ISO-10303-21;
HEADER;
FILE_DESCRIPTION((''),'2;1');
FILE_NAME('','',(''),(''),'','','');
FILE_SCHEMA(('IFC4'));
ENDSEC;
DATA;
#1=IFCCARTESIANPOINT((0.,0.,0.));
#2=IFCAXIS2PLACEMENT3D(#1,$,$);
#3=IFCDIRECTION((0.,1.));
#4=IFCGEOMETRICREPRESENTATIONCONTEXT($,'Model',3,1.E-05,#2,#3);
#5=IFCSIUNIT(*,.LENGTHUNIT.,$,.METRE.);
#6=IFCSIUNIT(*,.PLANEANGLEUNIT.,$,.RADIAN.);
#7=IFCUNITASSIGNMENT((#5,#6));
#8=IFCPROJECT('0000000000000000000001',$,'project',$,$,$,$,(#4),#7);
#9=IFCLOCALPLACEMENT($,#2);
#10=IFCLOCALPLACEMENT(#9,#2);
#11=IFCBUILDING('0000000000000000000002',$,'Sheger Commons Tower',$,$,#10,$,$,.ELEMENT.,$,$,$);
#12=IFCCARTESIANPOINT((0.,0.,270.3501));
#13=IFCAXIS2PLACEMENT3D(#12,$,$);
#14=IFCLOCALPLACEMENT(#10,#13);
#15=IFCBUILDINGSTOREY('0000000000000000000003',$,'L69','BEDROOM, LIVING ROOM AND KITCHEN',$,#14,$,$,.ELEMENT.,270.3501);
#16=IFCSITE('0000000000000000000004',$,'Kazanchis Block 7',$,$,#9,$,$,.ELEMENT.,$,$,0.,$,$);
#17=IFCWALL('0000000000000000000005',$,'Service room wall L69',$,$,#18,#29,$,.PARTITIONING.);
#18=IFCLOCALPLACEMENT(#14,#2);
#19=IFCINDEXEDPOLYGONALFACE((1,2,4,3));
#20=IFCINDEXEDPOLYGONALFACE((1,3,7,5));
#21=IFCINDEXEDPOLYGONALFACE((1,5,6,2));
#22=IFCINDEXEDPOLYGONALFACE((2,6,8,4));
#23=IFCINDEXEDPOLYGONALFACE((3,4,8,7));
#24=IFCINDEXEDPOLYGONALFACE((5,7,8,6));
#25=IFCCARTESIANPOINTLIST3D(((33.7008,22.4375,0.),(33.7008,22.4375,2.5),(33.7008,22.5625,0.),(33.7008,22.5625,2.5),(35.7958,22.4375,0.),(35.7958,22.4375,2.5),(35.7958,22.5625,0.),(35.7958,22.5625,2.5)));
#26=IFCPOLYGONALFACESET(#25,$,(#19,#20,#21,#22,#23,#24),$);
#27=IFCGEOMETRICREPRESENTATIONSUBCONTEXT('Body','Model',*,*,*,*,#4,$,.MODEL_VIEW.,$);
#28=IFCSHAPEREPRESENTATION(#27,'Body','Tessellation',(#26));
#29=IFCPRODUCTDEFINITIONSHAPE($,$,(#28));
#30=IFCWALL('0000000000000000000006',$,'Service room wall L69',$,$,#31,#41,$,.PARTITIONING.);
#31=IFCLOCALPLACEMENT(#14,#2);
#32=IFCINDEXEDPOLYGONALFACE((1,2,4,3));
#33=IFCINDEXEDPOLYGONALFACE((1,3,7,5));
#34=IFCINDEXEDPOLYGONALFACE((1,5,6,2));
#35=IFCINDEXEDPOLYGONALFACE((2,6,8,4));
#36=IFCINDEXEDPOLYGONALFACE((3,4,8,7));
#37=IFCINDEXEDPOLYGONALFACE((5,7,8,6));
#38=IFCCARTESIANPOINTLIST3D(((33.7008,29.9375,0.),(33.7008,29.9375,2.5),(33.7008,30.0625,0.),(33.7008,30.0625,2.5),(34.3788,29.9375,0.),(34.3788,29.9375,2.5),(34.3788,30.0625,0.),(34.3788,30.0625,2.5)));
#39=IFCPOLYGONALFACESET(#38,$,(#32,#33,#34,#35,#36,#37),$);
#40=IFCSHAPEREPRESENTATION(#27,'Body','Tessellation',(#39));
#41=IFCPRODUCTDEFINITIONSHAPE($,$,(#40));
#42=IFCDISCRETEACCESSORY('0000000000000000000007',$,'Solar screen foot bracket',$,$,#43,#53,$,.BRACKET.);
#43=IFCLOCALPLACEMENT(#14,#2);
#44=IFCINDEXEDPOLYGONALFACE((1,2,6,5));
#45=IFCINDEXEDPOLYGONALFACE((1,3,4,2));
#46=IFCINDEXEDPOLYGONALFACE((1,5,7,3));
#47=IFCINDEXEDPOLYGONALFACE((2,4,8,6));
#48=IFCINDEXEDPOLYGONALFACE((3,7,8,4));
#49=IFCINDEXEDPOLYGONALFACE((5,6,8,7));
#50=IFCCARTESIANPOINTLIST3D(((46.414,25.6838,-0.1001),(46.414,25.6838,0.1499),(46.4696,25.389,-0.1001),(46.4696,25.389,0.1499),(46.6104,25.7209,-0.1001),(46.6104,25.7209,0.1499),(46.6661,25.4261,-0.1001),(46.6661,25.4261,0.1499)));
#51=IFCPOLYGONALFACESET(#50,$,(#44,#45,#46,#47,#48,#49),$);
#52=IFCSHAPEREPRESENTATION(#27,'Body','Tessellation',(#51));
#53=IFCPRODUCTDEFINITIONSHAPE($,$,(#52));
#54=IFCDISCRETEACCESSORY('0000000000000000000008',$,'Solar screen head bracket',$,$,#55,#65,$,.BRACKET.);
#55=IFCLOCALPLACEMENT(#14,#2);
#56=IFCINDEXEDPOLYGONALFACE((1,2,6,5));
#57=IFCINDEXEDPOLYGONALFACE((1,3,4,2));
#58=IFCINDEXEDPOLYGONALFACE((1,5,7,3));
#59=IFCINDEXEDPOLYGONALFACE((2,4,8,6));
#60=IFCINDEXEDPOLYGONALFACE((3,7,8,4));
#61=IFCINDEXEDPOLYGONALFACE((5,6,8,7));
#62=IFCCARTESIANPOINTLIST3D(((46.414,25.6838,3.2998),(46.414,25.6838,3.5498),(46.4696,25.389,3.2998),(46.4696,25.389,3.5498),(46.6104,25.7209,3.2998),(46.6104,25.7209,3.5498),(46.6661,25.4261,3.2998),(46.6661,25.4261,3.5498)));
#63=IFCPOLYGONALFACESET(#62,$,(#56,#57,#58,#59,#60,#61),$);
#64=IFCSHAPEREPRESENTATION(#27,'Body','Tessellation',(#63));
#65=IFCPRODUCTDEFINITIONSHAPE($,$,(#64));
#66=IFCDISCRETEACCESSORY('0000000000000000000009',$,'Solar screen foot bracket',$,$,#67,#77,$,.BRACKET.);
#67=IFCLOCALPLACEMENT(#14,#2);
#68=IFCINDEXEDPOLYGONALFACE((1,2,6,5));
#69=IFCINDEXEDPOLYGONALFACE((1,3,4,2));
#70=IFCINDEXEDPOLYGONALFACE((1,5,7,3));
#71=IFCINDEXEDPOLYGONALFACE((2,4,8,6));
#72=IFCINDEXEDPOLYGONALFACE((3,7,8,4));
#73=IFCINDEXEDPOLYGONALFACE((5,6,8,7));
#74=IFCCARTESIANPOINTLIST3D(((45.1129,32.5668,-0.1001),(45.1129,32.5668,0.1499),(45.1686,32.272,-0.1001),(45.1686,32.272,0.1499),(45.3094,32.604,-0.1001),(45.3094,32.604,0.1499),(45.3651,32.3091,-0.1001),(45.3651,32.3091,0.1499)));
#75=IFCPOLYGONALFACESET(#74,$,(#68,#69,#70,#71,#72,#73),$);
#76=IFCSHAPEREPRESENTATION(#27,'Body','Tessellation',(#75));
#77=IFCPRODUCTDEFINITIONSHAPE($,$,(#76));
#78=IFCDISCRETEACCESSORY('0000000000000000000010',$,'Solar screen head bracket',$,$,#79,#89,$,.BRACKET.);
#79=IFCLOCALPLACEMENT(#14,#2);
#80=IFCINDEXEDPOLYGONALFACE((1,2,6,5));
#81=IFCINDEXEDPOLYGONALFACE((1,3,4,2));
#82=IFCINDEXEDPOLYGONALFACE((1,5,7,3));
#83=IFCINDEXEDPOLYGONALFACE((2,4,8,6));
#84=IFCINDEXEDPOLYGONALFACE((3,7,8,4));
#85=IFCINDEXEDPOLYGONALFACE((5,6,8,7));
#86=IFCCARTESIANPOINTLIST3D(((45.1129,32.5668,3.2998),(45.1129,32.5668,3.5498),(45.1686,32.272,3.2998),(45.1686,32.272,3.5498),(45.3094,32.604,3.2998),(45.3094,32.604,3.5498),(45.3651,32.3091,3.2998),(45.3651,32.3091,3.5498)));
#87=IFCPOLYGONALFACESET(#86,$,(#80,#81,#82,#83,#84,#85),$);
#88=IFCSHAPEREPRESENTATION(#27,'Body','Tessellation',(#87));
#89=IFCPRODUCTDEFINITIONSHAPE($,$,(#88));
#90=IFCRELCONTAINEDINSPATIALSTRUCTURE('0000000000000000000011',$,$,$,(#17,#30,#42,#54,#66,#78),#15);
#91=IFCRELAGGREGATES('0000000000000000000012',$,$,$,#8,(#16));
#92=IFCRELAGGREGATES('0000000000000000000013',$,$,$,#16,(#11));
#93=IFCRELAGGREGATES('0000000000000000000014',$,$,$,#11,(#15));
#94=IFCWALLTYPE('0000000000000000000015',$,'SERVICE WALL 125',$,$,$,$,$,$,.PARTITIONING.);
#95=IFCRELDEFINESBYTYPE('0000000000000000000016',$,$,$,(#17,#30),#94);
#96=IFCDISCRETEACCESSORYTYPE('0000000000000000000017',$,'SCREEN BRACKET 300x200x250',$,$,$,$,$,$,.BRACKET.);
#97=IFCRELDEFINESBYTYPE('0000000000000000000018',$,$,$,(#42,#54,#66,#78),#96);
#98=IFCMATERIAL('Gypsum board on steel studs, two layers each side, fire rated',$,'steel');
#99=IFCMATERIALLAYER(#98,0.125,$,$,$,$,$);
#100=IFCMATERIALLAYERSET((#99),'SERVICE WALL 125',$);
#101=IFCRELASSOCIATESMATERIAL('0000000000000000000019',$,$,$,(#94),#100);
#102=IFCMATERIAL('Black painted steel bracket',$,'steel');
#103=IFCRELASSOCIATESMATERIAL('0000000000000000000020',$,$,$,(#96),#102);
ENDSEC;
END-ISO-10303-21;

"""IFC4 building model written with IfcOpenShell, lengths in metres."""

from ifc_helpers import new_model, si_unit, direction, frame, frame_2d, origin, origin_2d, place, context, subcontext, project, spatial, rectangle, extrude, material, layer, layer_set, type_object, element, save


model = new_model("IFC4")

# Units and contexts
model_context = context("Model", 3, precision=1e-05, world=origin(), true_north=direction((0.0, 1.0)))
body_context = subcontext(model_context, "Body", "Model", "MODEL_VIEW")
ifc_project = project(units=[si_unit("LENGTHUNIT", "METRE"), si_unit("PLANEANGLEUNIT", "RADIAN")], contexts=[model_context])

# Site, building, storey
site_placement = place(None, origin())
site = spatial("IfcSite", under=ifc_project, at=site_placement, Name="Kazanchis Block 7", CompositionType="ELEMENT", RefElevation=0.0)
building_placement = place(site_placement, origin())
building = spatial("IfcBuilding", under=site, at=building_placement, Name="Sheger Commons Tower", CompositionType="ELEMENT")
storey_placement = place(building_placement, frame((0.0, 0.0, 270.3501)))
storey = spatial("IfcBuildingStorey", under=building, at=storey_placement, Name="L69", Description="BEDROOM, LIVING ROOM AND KITCHEN", CompositionType="ELEMENT", Elevation=270.3501)

# Walls
ifc_material_1 = material(Name="Gypsum board on steel studs, two layers each side, fire rated", Category="steel")
ifc_layer_1 = layer(ifc_material_1, 0.125)
ifc_layer_set_1 = layer_set([ifc_layer_1], Name="SERVICE WALL 125")
wall_type_1 = type_object("IfcWallType", Name="SERVICE WALL 125", PredefinedType="PARTITIONING", material=ifc_layer_set_1)
wall_1_placement = place(storey_placement, frame((33.7009, 22.5, 0.0), z_axis=(0.0, 0.0, 1.0), x_axis=(1.0, 0.0, 0.0)))
element("IfcWall", 1, at=wall_1_placement, inside=storey, type_object=wall_type_1, Name="Service room wall L69", PredefinedType="PARTITIONING", context=body_context, shape_type="SweptSolid", body=[
    extrude(rectangle(XDim=2.095, YDim=0.125, at=frame_2d((1.0474, 0.0))), origin(), (0.0, 0.0, 1.0), 2.5),
])
wall_2_placement = place(storey_placement, frame((33.7009, 30.0, 0.0), z_axis=(0.0, 0.0, 1.0), x_axis=(1.0, 0.0, 0.0)))
element("IfcWall", 2, at=wall_2_placement, inside=storey, type_object=wall_type_1, Name="Service room wall L69", PredefinedType="PARTITIONING", context=body_context, shape_type="SweptSolid", body=[
    extrude(rectangle(XDim=0.678, YDim=0.125, at=frame_2d((0.3389, 0.0))), origin(), (0.0, 0.0, 1.0), 2.5),
])

# Discrete accessories
ifc_material_2 = material(Name="Black painted steel bracket", Category="steel")
discrete_accessory_type = type_object("IfcDiscreteAccessoryType", Name="SCREEN BRACKET 300x200x250", PredefinedType="BRACKET", material=ifc_material_2)
for number, where, z_axis, x_axis, name in (
    (3, (46.54, 25.5549, -0.1001), (0.0, 0.0, 1.0), (-0.185615, 0.982623, 0.0), "Solar screen foot bracket"),
    (4, (46.54, 25.5549, 3.2998), (0.0, 0.0, 1.0), (-0.185615, 0.982623, 0.0), "Solar screen head bracket"),
    (5, (45.239, 32.438, -0.1001), (0.0, 0.0, 1.0), (-0.185615, 0.982623, 0.0), "Solar screen foot bracket"),
    (6, (45.239, 32.438, 3.2998), (0.0, 0.0, 1.0), (-0.185615, 0.982623, 0.0), "Solar screen head bracket"),
):
    element("IfcDiscreteAccessory", number, at=place(storey_placement, frame(where, z_axis=z_axis, x_axis=x_axis)), inside=storey, type_object=discrete_accessory_type, Name=name, PredefinedType="BRACKET", context=body_context, shape_type="SweptSolid", body=[
        extrude(rectangle(XDim=0.3, YDim=0.2, at=origin_2d()), origin(), (0.0, 0.0, 1.0), 0.25),
    ])

save(model, "model.ifc")
